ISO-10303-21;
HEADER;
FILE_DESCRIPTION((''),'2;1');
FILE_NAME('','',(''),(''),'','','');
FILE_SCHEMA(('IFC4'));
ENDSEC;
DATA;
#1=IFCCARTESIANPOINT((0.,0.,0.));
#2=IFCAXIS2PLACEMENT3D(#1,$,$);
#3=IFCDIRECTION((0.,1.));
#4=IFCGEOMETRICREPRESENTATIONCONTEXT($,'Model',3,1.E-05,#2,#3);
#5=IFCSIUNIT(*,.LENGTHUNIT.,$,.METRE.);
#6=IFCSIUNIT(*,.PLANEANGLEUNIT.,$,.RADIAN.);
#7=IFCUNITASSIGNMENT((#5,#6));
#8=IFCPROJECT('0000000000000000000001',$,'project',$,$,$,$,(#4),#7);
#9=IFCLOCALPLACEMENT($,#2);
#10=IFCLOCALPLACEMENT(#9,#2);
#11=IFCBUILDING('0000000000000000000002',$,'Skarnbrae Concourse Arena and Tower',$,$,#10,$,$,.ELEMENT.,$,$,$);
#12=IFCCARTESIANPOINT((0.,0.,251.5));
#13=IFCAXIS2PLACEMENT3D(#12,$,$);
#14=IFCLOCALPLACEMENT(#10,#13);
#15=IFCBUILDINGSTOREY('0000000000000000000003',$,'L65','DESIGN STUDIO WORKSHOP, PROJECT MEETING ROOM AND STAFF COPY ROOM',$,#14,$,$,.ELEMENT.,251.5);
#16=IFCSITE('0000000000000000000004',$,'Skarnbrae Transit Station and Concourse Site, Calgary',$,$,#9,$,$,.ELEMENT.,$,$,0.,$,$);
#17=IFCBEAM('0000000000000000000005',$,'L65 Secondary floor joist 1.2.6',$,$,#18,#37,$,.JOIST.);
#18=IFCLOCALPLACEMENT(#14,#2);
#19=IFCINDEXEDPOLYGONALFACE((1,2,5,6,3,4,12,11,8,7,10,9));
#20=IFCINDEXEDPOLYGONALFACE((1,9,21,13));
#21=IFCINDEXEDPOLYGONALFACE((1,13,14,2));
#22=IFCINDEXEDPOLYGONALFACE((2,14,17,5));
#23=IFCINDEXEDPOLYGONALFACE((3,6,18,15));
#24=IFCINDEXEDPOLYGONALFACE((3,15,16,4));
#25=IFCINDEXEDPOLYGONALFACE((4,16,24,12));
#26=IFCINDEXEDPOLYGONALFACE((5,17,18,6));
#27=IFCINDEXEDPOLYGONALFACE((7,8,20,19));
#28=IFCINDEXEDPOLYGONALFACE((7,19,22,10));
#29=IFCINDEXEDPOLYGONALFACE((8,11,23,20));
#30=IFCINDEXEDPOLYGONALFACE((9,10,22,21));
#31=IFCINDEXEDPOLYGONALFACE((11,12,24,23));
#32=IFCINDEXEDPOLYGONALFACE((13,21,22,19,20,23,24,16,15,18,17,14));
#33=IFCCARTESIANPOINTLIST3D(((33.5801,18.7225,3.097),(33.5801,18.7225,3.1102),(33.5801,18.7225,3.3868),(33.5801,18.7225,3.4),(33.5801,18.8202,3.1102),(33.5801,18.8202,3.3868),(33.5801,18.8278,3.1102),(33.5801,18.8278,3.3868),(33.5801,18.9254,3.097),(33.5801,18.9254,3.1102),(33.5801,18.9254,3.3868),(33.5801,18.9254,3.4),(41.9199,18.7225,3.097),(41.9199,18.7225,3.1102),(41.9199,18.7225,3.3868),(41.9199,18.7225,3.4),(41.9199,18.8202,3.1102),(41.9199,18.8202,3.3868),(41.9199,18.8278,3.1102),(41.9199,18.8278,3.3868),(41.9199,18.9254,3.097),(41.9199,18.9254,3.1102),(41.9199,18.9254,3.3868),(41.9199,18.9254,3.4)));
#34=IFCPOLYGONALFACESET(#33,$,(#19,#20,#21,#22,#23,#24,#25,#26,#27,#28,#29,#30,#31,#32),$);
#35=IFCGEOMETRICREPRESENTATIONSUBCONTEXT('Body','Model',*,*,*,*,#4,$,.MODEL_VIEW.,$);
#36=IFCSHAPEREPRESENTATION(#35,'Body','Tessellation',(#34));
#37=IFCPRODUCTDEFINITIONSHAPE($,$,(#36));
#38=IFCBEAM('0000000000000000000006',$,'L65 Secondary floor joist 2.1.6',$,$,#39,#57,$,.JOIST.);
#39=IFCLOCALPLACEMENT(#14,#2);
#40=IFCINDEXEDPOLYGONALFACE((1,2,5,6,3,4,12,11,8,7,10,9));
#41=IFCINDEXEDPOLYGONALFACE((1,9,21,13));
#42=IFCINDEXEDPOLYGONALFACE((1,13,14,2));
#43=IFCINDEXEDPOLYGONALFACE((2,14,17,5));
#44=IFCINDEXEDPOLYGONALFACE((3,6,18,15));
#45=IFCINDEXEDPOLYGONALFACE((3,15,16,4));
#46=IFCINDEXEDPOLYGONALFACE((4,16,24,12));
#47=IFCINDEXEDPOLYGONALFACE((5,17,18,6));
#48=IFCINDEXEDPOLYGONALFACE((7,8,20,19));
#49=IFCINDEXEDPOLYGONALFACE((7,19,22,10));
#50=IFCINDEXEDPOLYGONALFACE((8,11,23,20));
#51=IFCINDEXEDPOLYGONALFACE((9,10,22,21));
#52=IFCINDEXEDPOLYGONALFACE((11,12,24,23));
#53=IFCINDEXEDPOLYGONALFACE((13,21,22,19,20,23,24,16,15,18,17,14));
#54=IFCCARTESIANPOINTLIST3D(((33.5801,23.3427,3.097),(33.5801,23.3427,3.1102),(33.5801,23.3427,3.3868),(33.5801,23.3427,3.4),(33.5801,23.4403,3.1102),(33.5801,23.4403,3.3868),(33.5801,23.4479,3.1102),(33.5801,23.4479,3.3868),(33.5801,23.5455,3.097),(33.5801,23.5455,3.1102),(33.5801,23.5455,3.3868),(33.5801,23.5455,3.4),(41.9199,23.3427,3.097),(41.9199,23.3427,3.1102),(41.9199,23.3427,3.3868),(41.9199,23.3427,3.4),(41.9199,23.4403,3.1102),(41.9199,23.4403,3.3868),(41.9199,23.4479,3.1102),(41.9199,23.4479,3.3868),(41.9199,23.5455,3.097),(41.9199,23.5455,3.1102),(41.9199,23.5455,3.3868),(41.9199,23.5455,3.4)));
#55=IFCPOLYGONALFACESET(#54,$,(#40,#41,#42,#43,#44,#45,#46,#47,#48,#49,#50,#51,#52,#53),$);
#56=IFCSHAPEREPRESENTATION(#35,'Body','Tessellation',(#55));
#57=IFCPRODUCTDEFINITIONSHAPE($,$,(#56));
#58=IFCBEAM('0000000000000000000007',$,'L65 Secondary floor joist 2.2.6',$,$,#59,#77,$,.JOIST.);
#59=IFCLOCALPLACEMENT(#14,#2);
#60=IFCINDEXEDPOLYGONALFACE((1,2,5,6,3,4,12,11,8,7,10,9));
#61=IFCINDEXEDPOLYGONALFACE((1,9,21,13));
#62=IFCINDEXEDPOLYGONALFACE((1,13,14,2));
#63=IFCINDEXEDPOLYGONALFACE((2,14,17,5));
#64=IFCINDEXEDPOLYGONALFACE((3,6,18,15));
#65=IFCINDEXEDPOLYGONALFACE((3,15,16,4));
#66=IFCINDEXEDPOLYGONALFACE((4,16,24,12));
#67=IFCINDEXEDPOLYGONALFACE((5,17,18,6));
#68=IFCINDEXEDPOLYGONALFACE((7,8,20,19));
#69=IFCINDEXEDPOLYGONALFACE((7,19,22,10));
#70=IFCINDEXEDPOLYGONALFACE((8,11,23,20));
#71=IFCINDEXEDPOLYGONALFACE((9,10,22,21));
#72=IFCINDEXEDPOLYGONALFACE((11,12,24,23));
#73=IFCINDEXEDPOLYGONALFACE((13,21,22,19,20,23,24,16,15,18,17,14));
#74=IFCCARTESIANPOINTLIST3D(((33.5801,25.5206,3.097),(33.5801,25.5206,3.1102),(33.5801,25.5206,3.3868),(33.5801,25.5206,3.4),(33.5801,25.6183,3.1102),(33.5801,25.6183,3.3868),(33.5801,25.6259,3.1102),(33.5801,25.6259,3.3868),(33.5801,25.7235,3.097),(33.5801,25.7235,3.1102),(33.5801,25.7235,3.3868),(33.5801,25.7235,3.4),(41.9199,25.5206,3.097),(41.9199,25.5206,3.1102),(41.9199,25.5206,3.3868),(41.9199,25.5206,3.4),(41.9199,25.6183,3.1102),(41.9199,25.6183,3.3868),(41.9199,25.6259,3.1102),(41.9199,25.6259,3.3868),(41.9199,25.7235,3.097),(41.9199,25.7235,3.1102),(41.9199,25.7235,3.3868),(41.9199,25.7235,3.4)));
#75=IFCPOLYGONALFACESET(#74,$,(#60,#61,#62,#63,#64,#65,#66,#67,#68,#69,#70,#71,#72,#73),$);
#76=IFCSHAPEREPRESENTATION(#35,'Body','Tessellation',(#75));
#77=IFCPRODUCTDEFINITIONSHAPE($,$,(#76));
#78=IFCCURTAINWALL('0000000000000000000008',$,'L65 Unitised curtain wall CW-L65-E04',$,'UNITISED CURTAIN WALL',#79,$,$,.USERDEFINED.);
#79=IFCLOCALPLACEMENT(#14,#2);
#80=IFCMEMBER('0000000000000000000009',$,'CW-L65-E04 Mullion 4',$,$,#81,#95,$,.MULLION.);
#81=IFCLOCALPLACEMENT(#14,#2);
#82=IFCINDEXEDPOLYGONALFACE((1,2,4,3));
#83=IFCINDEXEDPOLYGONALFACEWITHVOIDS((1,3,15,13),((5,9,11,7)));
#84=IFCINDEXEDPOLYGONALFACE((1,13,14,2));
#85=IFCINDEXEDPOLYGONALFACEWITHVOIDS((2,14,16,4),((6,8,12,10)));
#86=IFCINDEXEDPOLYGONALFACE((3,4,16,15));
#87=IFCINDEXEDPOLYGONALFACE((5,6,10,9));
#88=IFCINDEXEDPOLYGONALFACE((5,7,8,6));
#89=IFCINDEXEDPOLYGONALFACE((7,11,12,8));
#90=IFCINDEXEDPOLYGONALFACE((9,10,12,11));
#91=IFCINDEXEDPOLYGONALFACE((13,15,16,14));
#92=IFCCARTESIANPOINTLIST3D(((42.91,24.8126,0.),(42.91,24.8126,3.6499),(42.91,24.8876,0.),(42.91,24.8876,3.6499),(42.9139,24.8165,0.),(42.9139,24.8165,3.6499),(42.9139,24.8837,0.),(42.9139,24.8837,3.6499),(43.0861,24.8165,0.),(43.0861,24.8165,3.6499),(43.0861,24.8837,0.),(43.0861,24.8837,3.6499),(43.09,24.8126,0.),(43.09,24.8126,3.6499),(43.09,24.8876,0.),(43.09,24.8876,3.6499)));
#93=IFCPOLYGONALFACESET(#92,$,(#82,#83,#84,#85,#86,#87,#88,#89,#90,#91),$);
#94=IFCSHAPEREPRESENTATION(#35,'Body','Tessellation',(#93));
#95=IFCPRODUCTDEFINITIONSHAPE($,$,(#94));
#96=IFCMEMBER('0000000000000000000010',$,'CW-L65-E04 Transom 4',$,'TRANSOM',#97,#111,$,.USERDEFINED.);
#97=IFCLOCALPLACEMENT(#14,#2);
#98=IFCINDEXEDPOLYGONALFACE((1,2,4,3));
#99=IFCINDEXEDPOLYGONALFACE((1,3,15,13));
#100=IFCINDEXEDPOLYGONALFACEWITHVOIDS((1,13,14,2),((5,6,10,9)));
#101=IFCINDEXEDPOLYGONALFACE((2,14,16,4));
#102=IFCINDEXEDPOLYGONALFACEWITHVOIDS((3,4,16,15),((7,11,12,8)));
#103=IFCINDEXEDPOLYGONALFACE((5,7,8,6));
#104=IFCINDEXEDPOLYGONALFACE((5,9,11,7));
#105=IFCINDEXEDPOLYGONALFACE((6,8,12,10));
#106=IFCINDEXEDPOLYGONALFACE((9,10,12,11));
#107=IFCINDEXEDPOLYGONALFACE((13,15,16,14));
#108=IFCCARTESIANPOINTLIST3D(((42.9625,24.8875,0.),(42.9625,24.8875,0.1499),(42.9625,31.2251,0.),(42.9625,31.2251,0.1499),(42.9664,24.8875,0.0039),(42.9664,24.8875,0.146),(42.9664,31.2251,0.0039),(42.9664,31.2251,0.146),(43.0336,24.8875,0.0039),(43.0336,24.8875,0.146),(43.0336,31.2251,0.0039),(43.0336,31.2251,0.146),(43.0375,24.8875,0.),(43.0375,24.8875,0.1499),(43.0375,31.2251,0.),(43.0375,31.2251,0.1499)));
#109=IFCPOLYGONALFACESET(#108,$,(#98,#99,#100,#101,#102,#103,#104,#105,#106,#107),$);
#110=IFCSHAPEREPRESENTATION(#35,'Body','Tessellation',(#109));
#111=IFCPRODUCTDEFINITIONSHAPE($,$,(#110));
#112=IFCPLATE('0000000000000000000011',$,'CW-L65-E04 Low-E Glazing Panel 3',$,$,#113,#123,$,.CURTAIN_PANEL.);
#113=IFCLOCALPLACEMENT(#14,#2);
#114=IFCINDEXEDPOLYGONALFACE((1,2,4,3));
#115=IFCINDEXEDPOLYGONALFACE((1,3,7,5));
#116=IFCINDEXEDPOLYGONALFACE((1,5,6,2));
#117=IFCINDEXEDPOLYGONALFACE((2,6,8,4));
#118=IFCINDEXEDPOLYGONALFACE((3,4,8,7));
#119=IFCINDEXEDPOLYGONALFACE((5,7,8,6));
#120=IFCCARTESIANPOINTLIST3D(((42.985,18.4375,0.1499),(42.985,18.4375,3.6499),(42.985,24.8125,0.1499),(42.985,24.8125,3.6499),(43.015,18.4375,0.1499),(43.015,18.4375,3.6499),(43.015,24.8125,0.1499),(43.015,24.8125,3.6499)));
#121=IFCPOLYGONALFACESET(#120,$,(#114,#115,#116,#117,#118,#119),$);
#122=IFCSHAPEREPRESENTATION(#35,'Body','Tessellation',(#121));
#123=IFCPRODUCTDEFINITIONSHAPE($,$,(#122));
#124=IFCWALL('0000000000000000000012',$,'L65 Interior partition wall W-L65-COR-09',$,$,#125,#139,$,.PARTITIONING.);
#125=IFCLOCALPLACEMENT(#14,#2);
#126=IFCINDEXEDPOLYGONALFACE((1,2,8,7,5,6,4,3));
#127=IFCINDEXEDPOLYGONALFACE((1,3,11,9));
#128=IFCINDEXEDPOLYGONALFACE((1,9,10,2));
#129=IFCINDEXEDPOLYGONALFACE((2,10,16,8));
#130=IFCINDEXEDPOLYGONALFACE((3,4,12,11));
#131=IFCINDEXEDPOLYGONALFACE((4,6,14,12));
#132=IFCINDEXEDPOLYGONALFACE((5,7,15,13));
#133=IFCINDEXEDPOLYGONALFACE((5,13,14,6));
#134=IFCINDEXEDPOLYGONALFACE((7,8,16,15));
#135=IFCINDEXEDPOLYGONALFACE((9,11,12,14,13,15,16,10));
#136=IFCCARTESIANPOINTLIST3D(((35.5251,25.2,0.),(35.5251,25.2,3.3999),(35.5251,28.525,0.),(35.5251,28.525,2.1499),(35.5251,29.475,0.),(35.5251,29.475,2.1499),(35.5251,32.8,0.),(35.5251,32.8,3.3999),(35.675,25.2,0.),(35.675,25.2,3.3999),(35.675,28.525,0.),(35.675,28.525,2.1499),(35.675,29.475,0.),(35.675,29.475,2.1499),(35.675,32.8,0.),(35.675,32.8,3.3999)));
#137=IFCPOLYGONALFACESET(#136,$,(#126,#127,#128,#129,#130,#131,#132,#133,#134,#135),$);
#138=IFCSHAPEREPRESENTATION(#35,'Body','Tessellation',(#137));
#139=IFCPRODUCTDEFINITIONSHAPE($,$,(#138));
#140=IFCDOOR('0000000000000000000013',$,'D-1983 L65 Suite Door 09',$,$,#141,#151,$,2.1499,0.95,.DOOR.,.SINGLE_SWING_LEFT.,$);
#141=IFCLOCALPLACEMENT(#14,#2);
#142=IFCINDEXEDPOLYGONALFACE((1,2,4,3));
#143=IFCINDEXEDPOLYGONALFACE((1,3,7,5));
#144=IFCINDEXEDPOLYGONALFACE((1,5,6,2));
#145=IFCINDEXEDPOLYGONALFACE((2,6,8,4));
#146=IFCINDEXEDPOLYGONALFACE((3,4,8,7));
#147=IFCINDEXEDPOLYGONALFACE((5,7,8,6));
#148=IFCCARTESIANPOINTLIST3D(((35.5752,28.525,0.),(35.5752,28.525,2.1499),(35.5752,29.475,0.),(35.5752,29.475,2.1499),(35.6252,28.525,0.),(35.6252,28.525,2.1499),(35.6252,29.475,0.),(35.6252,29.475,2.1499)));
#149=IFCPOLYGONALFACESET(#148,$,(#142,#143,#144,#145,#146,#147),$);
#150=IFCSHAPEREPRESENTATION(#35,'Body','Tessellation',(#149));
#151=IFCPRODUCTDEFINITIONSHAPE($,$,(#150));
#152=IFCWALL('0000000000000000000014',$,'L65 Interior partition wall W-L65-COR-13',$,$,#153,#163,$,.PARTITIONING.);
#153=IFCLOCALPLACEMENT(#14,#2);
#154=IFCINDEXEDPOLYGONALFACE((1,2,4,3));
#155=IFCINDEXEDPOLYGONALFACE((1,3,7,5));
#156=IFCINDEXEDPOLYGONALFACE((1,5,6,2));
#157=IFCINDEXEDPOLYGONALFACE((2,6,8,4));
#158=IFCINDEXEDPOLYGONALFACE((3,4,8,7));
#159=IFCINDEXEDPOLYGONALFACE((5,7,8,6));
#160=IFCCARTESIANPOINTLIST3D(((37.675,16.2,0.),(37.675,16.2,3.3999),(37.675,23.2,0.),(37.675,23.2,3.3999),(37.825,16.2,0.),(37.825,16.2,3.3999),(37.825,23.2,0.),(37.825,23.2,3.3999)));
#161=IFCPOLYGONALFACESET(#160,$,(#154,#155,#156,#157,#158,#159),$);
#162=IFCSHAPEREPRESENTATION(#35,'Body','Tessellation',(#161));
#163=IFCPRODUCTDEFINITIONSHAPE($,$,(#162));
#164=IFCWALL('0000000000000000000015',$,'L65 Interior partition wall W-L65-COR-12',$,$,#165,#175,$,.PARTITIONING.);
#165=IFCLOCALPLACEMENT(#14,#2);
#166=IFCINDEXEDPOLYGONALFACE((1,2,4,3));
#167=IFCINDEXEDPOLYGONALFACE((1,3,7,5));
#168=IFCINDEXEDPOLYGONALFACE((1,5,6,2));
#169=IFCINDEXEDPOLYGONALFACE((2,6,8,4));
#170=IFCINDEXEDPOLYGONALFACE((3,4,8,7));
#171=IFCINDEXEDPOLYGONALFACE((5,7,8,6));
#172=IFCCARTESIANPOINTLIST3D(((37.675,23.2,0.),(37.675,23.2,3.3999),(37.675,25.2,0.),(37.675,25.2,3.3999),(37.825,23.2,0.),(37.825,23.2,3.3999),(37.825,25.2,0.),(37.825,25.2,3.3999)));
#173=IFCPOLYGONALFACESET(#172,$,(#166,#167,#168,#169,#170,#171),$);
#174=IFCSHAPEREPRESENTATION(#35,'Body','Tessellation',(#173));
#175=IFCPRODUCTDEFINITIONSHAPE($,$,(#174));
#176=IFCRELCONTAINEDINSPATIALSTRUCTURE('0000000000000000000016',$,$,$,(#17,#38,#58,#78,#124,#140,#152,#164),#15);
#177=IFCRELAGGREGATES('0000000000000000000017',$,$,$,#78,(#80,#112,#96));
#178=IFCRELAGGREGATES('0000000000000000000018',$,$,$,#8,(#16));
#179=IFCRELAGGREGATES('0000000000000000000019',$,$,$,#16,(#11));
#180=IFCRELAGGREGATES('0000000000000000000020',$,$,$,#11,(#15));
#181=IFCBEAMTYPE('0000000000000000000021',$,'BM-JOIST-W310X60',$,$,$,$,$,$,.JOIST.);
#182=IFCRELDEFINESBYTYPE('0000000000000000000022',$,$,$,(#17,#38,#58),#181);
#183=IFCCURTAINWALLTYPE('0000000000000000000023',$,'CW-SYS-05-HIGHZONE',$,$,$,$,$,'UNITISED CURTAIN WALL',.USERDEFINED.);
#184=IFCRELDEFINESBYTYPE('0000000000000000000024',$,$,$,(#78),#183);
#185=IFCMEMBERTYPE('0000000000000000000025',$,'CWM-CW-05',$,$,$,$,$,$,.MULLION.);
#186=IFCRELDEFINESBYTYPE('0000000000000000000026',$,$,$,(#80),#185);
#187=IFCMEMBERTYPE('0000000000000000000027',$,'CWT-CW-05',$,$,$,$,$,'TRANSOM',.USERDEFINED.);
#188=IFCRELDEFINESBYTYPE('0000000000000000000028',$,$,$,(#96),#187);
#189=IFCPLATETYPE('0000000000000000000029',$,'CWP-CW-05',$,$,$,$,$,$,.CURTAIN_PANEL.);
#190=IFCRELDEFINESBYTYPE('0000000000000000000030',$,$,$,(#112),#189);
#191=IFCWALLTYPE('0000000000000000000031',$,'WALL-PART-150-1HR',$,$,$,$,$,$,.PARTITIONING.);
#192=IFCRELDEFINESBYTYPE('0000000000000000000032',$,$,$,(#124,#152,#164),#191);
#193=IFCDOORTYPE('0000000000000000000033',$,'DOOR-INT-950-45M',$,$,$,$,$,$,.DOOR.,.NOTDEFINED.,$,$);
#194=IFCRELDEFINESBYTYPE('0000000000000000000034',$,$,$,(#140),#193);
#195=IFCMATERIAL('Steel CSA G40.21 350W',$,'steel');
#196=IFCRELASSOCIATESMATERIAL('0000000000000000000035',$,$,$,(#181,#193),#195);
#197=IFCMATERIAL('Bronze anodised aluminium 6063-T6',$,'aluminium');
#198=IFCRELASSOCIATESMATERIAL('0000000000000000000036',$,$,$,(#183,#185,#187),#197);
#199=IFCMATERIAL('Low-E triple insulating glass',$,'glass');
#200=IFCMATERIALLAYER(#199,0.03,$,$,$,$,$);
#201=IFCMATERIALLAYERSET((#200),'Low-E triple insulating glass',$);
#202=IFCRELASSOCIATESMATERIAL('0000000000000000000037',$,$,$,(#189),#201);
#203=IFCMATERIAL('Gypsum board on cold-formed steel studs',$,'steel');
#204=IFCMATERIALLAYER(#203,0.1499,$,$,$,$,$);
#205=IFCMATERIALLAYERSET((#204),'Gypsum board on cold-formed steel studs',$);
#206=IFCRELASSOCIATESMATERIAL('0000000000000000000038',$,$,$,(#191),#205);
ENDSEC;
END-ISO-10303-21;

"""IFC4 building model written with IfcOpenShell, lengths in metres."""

from ifc_helpers import new_model, si_unit, direction, frame, frame_2d, origin, origin_2d, place, context, subcontext, project, spatial, rectangle, hollow_rectangle, i_section, extrude, source, transform, mapped, material, layer, layer_set, material_profile, profile_set, type_object, element, fill, aggregate, save


model = new_model("IFC4")

# Units and contexts
model_context = context("Model", 3, precision=1e-05, world=origin(), true_north=direction((0.0, 1.0)))
body_context = subcontext(model_context, "Body", "Model", "MODEL_VIEW")
ifc_project = project(units=[si_unit("LENGTHUNIT", "METRE"), si_unit("PLANEANGLEUNIT", "RADIAN")], contexts=[model_context])

# Site, building, storey
site_placement = place(None, origin())
site = spatial("IfcSite", under=ifc_project, at=site_placement, Name="Skarnbrae Transit Station and Concourse Site, Calgary", CompositionType="ELEMENT", RefElevation=0.0)
building_placement = place(site_placement, origin())
building = spatial("IfcBuilding", under=site, at=building_placement, Name="Skarnbrae Concourse Arena and Tower", CompositionType="ELEMENT")
storey_placement = place(building_placement, frame((0.0, 0.0, 251.5)))
storey = spatial("IfcBuildingStorey", under=building, at=storey_placement, Name="L65", Description="DESIGN STUDIO WORKSHOP, PROJECT MEETING ROOM AND STAFF COPY ROOM", CompositionType="ELEMENT", Elevation=251.5)

# Shared definitions
ifc_material_1 = material(Name="Steel CSA G40.21 350W", Category="steel")

# Beams
ifc_material_profile_1 = material_profile(ifc_material_1, i_section(OverallWidth=0.2029, OverallDepth=0.303, WebThickness=0.0076, FlangeThickness=0.0132, at=origin_2d()), Name="W310X60")
ifc_profile_set_1 = profile_set([ifc_material_profile_1], Name="Steel CSA G40.21 350W")
beam_type_1 = type_object("IfcBeamType", Name="BM-JOIST-W310X60", PredefinedType="JOIST", material=ifc_profile_set_1)
shared_shape_1 = source(origin(), body_context, "Body", "SweptSolid", [
    extrude(i_section(OverallWidth=0.2029, OverallDepth=0.303, WebThickness=0.0076, FlangeThickness=0.0132, at=origin_2d()), origin(), (0.0, 0.0, 1.0), 8.3398),
])
for number, where, z_axis, x_axis, name in (
    (1, (33.5801, 18.824, 3.2485), (1.0, 0.0, 0.0), (0.0, 1.0, 0.0), "L65 Secondary floor joist 1.2.6"),
    (2, (33.5801, 23.4441, 3.2485), (1.0, 0.0, 0.0), (0.0, 1.0, 0.0), "L65 Secondary floor joist 2.1.6"),
    (3, (33.5801, 25.6221, 3.2485), (1.0, 0.0, 0.0), (0.0, 1.0, 0.0), "L65 Secondary floor joist 2.2.6"),
):
    element("IfcBeam", number, at=place(storey_placement, frame(where, z_axis=z_axis, x_axis=x_axis)), inside=storey, type_object=beam_type_1, Name=name, PredefinedType="JOIST", context=body_context, shape_type="MappedRepresentation", body=[
        mapped(shared_shape_1, transform((0.0, 0.0, 0.0))),
    ])

# Curtain wall, members, plate
ifc_material_2 = material(Name="Bronze anodised aluminium 6063-T6", Category="aluminium")
curtain_wall_type = type_object("IfcCurtainWallType", Name="CW-SYS-05-HIGHZONE", ElementType="UNITISED CURTAIN WALL", PredefinedType="USERDEFINED", material=ifc_material_2)
curtain_wall_placement = place(storey_placement, origin())
curtain_wall = element("IfcCurtainWall", 4, at=curtain_wall_placement, inside=storey, type_object=curtain_wall_type, Name="L65 Unitised curtain wall CW-L65-E04", ObjectType="UNITISED CURTAIN WALL", PredefinedType="USERDEFINED")
ifc_material_profile_2 = material_profile(ifc_material_2, hollow_rectangle(XDim=0.075, YDim=0.1799, WallThickness=0.0039, at=origin_2d()), Name="ALU-MULL-75X180")
ifc_profile_set_2 = profile_set([ifc_material_profile_2], Name="Bronze anodised aluminium 6063-T6")
member_type_1 = type_object("IfcMemberType", Name="CWM-CW-05", PredefinedType="MULLION", material=ifc_profile_set_2)
shared_shape_2 = source(origin(), body_context, "Body", "SweptSolid", [
    extrude(hollow_rectangle(XDim=0.075, YDim=0.1799, WallThickness=0.0039, at=origin_2d()), origin(), (0.0, 0.0, 1.0), 3.6499),
])
member_1_placement = place(storey_placement, frame((43.0, 24.8501, 0.0), z_axis=(0.0, 0.0, 1.0), x_axis=(0.0, 1.0, 0.0)))
member_1 = element("IfcMember", 5, at=member_1_placement, type_object=member_type_1, Name="CW-L65-E04 Mullion 4", PredefinedType="MULLION", context=body_context, shape_type="MappedRepresentation", body=[
    mapped(shared_shape_2, transform((0.0, 0.0, 0.0))),
])
ifc_material_profile_3 = material_profile(ifc_material_2, hollow_rectangle(XDim=0.075, YDim=0.1499, WallThickness=0.0039, at=origin_2d()), Name="ALU-TRAN-75X150")
ifc_profile_set_3 = profile_set([ifc_material_profile_3], Name="Bronze anodised aluminium 6063-T6")
member_type_2 = type_object("IfcMemberType", Name="CWT-CW-05", ElementType="TRANSOM", PredefinedType="USERDEFINED", material=ifc_profile_set_3)
shared_shape_3 = source(origin(), body_context, "Body", "SweptSolid", [
    extrude(hollow_rectangle(XDim=0.075, YDim=0.1499, WallThickness=0.0039, at=origin_2d()), origin(), (0.0, 0.0, 1.0), 6.3376),
])
member_2_placement = place(storey_placement, frame((43.0, 24.8875, 0.075), z_axis=(0.0, 1.0, 0.0), x_axis=(-1.0, 0.0, 0.0)))
member_2 = element("IfcMember", 6, at=member_2_placement, type_object=member_type_2, Name="CW-L65-E04 Transom 4", ObjectType="TRANSOM", PredefinedType="USERDEFINED", context=body_context, shape_type="MappedRepresentation", body=[
    mapped(shared_shape_3, transform((0.0, 0.0, 0.0))),
])
ifc_material_3 = material(Name="Low-E triple insulating glass", Category="glass")
ifc_layer_1 = layer(ifc_material_3, 0.03)
ifc_layer_set_1 = layer_set([ifc_layer_1], Name="Low-E triple insulating glass")
plate_type = type_object("IfcPlateType", Name="CWP-CW-05", PredefinedType="CURTAIN_PANEL", material=ifc_layer_set_1)
shared_shape_4 = source(origin(), body_context, "Body", "SweptSolid", [
    extrude(rectangle(XDim=6.375, YDim=0.03, at=origin_2d()), origin(), (0.0, 0.0, 1.0), 3.5),
])
plate_placement = place(storey_placement, frame((43.0, 21.625, 0.1499), z_axis=(0.0, 0.0, 1.0), x_axis=(0.0, 1.0, 0.0)))
plate = element("IfcPlate", 7, at=plate_placement, type_object=plate_type, Name="CW-L65-E04 Low-E Glazing Panel 3", PredefinedType="CURTAIN_PANEL", context=body_context, shape_type="MappedRepresentation", body=[
    mapped(shared_shape_4, transform((0.0, 0.0, 0.0))),
])
aggregate(curtain_wall, [member_1, plate, member_2])

# Wall, opening, door
ifc_material_4 = material(Name="Gypsum board on cold-formed steel studs", Category="steel")
ifc_layer_2 = layer(ifc_material_4, 0.1499)
ifc_layer_set_2 = layer_set([ifc_layer_2], Name="Gypsum board on cold-formed steel studs")
wall_type = type_object("IfcWallType", Name="WALL-PART-150-1HR", PredefinedType="PARTITIONING", material=ifc_layer_set_2)
shared_shape_5 = source(origin(), body_context, "Body", "SweptSolid", [
    extrude(rectangle(XDim=7.6001, YDim=0.1499, at=frame_2d((3.8, 0.0))), origin(), (0.0, 0.0, 1.0), 3.3999),
])
wall_1_placement = place(storey_placement, frame((35.6001, 25.2, 0.0), z_axis=(0.0, 0.0, 1.0), x_axis=(0.0, 1.0, 0.0)))
wall_1 = element("IfcWall", 8, at=wall_1_placement, inside=storey, type_object=wall_type, Name="L65 Interior partition wall W-L65-COR-09", PredefinedType="PARTITIONING", context=body_context, shape_type="MappedRepresentation", body=[
    mapped(shared_shape_5, transform((0.0, 0.0, 0.0))),
])
opening_1_placement = place(wall_1_placement, frame((3.325, 0.0, 0.0)))
opening_1 = element("IfcOpeningElement", 9, at=opening_1_placement, cuts=wall_1, PredefinedType="OPENING", context=body_context, shape_type="SweptSolid", body=[
    extrude(rectangle(XDim=0.95, YDim=2.1499, at=frame_2d((0.4751, 1.075))), frame((0.0, 0.085, 0.0), z_axis=(0.0, -1.0, 0.0), x_axis=(1.0, 0.0, 0.0)), (0.0, 0.0, 1.0), 0.1699),
])
door_type = type_object("IfcDoorType", Name="DOOR-INT-950-45M", OperationType="NOTDEFINED", PredefinedType="DOOR", material=ifc_material_1)
shared_shape_6 = source(origin(), body_context, "Body", "SweptSolid", [
    extrude(rectangle(XDim=0.95, YDim=2.1499, at=frame_2d((0.4751, 1.075))), frame((0.0, 0.0249, 0.0), z_axis=(0.0, -1.0, 0.0), x_axis=(1.0, 0.0, 0.0)), (0.0, 0.0, 1.0), 0.05),
])
door_1_placement = place(opening_1_placement, origin())
door_1 = element("IfcDoor", 10, at=door_1_placement, inside=storey, type_object=door_type, Name="D-1983 L65 Suite Door 09", OperationType="SINGLE_SWING_LEFT", OverallHeight=2.1499, OverallWidth=0.95, PredefinedType="DOOR", context=body_context, shape_type="MappedRepresentation", body=[
    mapped(shared_shape_6, transform((0.0, 0.0, 0.0))),
])
fill(opening_1, door_1)

# Walls
shared_shape_7 = source(origin(), body_context, "Body", "SweptSolid", [
    extrude(rectangle(XDim=7.0, YDim=0.1499, at=frame_2d((3.5, 0.0))), origin(), (0.0, 0.0, 1.0), 3.3999),
])
wall_2_placement = place(storey_placement, frame((37.75, 23.2, 0.0), z_axis=(0.0, 0.0, 1.0), x_axis=(0.0, -1.0, 0.0)))
element("IfcWall", 11, at=wall_2_placement, inside=storey, type_object=wall_type, Name="L65 Interior partition wall W-L65-COR-13", PredefinedType="PARTITIONING", context=body_context, shape_type="MappedRepresentation", body=[
    mapped(shared_shape_7, transform((0.0, 0.0, 0.0))),
])
shared_shape_8 = source(origin(), body_context, "Body", "SweptSolid", [
    extrude(rectangle(XDim=2.0, YDim=0.1499, at=frame_2d((1.0, 0.0))), origin(), (0.0, 0.0, 1.0), 3.3999),
])
wall_3_placement = place(storey_placement, frame((37.75, 25.2, 0.0), z_axis=(0.0, 0.0, 1.0), x_axis=(0.0, -1.0, 0.0)))
element("IfcWall", 12, at=wall_3_placement, inside=storey, type_object=wall_type, Name="L65 Interior partition wall W-L65-COR-12", PredefinedType="PARTITIONING", context=body_context, shape_type="MappedRepresentation", body=[
    mapped(shared_shape_8, transform((0.0, 0.0, 0.0))),
])

save(model, "model.ifc")
